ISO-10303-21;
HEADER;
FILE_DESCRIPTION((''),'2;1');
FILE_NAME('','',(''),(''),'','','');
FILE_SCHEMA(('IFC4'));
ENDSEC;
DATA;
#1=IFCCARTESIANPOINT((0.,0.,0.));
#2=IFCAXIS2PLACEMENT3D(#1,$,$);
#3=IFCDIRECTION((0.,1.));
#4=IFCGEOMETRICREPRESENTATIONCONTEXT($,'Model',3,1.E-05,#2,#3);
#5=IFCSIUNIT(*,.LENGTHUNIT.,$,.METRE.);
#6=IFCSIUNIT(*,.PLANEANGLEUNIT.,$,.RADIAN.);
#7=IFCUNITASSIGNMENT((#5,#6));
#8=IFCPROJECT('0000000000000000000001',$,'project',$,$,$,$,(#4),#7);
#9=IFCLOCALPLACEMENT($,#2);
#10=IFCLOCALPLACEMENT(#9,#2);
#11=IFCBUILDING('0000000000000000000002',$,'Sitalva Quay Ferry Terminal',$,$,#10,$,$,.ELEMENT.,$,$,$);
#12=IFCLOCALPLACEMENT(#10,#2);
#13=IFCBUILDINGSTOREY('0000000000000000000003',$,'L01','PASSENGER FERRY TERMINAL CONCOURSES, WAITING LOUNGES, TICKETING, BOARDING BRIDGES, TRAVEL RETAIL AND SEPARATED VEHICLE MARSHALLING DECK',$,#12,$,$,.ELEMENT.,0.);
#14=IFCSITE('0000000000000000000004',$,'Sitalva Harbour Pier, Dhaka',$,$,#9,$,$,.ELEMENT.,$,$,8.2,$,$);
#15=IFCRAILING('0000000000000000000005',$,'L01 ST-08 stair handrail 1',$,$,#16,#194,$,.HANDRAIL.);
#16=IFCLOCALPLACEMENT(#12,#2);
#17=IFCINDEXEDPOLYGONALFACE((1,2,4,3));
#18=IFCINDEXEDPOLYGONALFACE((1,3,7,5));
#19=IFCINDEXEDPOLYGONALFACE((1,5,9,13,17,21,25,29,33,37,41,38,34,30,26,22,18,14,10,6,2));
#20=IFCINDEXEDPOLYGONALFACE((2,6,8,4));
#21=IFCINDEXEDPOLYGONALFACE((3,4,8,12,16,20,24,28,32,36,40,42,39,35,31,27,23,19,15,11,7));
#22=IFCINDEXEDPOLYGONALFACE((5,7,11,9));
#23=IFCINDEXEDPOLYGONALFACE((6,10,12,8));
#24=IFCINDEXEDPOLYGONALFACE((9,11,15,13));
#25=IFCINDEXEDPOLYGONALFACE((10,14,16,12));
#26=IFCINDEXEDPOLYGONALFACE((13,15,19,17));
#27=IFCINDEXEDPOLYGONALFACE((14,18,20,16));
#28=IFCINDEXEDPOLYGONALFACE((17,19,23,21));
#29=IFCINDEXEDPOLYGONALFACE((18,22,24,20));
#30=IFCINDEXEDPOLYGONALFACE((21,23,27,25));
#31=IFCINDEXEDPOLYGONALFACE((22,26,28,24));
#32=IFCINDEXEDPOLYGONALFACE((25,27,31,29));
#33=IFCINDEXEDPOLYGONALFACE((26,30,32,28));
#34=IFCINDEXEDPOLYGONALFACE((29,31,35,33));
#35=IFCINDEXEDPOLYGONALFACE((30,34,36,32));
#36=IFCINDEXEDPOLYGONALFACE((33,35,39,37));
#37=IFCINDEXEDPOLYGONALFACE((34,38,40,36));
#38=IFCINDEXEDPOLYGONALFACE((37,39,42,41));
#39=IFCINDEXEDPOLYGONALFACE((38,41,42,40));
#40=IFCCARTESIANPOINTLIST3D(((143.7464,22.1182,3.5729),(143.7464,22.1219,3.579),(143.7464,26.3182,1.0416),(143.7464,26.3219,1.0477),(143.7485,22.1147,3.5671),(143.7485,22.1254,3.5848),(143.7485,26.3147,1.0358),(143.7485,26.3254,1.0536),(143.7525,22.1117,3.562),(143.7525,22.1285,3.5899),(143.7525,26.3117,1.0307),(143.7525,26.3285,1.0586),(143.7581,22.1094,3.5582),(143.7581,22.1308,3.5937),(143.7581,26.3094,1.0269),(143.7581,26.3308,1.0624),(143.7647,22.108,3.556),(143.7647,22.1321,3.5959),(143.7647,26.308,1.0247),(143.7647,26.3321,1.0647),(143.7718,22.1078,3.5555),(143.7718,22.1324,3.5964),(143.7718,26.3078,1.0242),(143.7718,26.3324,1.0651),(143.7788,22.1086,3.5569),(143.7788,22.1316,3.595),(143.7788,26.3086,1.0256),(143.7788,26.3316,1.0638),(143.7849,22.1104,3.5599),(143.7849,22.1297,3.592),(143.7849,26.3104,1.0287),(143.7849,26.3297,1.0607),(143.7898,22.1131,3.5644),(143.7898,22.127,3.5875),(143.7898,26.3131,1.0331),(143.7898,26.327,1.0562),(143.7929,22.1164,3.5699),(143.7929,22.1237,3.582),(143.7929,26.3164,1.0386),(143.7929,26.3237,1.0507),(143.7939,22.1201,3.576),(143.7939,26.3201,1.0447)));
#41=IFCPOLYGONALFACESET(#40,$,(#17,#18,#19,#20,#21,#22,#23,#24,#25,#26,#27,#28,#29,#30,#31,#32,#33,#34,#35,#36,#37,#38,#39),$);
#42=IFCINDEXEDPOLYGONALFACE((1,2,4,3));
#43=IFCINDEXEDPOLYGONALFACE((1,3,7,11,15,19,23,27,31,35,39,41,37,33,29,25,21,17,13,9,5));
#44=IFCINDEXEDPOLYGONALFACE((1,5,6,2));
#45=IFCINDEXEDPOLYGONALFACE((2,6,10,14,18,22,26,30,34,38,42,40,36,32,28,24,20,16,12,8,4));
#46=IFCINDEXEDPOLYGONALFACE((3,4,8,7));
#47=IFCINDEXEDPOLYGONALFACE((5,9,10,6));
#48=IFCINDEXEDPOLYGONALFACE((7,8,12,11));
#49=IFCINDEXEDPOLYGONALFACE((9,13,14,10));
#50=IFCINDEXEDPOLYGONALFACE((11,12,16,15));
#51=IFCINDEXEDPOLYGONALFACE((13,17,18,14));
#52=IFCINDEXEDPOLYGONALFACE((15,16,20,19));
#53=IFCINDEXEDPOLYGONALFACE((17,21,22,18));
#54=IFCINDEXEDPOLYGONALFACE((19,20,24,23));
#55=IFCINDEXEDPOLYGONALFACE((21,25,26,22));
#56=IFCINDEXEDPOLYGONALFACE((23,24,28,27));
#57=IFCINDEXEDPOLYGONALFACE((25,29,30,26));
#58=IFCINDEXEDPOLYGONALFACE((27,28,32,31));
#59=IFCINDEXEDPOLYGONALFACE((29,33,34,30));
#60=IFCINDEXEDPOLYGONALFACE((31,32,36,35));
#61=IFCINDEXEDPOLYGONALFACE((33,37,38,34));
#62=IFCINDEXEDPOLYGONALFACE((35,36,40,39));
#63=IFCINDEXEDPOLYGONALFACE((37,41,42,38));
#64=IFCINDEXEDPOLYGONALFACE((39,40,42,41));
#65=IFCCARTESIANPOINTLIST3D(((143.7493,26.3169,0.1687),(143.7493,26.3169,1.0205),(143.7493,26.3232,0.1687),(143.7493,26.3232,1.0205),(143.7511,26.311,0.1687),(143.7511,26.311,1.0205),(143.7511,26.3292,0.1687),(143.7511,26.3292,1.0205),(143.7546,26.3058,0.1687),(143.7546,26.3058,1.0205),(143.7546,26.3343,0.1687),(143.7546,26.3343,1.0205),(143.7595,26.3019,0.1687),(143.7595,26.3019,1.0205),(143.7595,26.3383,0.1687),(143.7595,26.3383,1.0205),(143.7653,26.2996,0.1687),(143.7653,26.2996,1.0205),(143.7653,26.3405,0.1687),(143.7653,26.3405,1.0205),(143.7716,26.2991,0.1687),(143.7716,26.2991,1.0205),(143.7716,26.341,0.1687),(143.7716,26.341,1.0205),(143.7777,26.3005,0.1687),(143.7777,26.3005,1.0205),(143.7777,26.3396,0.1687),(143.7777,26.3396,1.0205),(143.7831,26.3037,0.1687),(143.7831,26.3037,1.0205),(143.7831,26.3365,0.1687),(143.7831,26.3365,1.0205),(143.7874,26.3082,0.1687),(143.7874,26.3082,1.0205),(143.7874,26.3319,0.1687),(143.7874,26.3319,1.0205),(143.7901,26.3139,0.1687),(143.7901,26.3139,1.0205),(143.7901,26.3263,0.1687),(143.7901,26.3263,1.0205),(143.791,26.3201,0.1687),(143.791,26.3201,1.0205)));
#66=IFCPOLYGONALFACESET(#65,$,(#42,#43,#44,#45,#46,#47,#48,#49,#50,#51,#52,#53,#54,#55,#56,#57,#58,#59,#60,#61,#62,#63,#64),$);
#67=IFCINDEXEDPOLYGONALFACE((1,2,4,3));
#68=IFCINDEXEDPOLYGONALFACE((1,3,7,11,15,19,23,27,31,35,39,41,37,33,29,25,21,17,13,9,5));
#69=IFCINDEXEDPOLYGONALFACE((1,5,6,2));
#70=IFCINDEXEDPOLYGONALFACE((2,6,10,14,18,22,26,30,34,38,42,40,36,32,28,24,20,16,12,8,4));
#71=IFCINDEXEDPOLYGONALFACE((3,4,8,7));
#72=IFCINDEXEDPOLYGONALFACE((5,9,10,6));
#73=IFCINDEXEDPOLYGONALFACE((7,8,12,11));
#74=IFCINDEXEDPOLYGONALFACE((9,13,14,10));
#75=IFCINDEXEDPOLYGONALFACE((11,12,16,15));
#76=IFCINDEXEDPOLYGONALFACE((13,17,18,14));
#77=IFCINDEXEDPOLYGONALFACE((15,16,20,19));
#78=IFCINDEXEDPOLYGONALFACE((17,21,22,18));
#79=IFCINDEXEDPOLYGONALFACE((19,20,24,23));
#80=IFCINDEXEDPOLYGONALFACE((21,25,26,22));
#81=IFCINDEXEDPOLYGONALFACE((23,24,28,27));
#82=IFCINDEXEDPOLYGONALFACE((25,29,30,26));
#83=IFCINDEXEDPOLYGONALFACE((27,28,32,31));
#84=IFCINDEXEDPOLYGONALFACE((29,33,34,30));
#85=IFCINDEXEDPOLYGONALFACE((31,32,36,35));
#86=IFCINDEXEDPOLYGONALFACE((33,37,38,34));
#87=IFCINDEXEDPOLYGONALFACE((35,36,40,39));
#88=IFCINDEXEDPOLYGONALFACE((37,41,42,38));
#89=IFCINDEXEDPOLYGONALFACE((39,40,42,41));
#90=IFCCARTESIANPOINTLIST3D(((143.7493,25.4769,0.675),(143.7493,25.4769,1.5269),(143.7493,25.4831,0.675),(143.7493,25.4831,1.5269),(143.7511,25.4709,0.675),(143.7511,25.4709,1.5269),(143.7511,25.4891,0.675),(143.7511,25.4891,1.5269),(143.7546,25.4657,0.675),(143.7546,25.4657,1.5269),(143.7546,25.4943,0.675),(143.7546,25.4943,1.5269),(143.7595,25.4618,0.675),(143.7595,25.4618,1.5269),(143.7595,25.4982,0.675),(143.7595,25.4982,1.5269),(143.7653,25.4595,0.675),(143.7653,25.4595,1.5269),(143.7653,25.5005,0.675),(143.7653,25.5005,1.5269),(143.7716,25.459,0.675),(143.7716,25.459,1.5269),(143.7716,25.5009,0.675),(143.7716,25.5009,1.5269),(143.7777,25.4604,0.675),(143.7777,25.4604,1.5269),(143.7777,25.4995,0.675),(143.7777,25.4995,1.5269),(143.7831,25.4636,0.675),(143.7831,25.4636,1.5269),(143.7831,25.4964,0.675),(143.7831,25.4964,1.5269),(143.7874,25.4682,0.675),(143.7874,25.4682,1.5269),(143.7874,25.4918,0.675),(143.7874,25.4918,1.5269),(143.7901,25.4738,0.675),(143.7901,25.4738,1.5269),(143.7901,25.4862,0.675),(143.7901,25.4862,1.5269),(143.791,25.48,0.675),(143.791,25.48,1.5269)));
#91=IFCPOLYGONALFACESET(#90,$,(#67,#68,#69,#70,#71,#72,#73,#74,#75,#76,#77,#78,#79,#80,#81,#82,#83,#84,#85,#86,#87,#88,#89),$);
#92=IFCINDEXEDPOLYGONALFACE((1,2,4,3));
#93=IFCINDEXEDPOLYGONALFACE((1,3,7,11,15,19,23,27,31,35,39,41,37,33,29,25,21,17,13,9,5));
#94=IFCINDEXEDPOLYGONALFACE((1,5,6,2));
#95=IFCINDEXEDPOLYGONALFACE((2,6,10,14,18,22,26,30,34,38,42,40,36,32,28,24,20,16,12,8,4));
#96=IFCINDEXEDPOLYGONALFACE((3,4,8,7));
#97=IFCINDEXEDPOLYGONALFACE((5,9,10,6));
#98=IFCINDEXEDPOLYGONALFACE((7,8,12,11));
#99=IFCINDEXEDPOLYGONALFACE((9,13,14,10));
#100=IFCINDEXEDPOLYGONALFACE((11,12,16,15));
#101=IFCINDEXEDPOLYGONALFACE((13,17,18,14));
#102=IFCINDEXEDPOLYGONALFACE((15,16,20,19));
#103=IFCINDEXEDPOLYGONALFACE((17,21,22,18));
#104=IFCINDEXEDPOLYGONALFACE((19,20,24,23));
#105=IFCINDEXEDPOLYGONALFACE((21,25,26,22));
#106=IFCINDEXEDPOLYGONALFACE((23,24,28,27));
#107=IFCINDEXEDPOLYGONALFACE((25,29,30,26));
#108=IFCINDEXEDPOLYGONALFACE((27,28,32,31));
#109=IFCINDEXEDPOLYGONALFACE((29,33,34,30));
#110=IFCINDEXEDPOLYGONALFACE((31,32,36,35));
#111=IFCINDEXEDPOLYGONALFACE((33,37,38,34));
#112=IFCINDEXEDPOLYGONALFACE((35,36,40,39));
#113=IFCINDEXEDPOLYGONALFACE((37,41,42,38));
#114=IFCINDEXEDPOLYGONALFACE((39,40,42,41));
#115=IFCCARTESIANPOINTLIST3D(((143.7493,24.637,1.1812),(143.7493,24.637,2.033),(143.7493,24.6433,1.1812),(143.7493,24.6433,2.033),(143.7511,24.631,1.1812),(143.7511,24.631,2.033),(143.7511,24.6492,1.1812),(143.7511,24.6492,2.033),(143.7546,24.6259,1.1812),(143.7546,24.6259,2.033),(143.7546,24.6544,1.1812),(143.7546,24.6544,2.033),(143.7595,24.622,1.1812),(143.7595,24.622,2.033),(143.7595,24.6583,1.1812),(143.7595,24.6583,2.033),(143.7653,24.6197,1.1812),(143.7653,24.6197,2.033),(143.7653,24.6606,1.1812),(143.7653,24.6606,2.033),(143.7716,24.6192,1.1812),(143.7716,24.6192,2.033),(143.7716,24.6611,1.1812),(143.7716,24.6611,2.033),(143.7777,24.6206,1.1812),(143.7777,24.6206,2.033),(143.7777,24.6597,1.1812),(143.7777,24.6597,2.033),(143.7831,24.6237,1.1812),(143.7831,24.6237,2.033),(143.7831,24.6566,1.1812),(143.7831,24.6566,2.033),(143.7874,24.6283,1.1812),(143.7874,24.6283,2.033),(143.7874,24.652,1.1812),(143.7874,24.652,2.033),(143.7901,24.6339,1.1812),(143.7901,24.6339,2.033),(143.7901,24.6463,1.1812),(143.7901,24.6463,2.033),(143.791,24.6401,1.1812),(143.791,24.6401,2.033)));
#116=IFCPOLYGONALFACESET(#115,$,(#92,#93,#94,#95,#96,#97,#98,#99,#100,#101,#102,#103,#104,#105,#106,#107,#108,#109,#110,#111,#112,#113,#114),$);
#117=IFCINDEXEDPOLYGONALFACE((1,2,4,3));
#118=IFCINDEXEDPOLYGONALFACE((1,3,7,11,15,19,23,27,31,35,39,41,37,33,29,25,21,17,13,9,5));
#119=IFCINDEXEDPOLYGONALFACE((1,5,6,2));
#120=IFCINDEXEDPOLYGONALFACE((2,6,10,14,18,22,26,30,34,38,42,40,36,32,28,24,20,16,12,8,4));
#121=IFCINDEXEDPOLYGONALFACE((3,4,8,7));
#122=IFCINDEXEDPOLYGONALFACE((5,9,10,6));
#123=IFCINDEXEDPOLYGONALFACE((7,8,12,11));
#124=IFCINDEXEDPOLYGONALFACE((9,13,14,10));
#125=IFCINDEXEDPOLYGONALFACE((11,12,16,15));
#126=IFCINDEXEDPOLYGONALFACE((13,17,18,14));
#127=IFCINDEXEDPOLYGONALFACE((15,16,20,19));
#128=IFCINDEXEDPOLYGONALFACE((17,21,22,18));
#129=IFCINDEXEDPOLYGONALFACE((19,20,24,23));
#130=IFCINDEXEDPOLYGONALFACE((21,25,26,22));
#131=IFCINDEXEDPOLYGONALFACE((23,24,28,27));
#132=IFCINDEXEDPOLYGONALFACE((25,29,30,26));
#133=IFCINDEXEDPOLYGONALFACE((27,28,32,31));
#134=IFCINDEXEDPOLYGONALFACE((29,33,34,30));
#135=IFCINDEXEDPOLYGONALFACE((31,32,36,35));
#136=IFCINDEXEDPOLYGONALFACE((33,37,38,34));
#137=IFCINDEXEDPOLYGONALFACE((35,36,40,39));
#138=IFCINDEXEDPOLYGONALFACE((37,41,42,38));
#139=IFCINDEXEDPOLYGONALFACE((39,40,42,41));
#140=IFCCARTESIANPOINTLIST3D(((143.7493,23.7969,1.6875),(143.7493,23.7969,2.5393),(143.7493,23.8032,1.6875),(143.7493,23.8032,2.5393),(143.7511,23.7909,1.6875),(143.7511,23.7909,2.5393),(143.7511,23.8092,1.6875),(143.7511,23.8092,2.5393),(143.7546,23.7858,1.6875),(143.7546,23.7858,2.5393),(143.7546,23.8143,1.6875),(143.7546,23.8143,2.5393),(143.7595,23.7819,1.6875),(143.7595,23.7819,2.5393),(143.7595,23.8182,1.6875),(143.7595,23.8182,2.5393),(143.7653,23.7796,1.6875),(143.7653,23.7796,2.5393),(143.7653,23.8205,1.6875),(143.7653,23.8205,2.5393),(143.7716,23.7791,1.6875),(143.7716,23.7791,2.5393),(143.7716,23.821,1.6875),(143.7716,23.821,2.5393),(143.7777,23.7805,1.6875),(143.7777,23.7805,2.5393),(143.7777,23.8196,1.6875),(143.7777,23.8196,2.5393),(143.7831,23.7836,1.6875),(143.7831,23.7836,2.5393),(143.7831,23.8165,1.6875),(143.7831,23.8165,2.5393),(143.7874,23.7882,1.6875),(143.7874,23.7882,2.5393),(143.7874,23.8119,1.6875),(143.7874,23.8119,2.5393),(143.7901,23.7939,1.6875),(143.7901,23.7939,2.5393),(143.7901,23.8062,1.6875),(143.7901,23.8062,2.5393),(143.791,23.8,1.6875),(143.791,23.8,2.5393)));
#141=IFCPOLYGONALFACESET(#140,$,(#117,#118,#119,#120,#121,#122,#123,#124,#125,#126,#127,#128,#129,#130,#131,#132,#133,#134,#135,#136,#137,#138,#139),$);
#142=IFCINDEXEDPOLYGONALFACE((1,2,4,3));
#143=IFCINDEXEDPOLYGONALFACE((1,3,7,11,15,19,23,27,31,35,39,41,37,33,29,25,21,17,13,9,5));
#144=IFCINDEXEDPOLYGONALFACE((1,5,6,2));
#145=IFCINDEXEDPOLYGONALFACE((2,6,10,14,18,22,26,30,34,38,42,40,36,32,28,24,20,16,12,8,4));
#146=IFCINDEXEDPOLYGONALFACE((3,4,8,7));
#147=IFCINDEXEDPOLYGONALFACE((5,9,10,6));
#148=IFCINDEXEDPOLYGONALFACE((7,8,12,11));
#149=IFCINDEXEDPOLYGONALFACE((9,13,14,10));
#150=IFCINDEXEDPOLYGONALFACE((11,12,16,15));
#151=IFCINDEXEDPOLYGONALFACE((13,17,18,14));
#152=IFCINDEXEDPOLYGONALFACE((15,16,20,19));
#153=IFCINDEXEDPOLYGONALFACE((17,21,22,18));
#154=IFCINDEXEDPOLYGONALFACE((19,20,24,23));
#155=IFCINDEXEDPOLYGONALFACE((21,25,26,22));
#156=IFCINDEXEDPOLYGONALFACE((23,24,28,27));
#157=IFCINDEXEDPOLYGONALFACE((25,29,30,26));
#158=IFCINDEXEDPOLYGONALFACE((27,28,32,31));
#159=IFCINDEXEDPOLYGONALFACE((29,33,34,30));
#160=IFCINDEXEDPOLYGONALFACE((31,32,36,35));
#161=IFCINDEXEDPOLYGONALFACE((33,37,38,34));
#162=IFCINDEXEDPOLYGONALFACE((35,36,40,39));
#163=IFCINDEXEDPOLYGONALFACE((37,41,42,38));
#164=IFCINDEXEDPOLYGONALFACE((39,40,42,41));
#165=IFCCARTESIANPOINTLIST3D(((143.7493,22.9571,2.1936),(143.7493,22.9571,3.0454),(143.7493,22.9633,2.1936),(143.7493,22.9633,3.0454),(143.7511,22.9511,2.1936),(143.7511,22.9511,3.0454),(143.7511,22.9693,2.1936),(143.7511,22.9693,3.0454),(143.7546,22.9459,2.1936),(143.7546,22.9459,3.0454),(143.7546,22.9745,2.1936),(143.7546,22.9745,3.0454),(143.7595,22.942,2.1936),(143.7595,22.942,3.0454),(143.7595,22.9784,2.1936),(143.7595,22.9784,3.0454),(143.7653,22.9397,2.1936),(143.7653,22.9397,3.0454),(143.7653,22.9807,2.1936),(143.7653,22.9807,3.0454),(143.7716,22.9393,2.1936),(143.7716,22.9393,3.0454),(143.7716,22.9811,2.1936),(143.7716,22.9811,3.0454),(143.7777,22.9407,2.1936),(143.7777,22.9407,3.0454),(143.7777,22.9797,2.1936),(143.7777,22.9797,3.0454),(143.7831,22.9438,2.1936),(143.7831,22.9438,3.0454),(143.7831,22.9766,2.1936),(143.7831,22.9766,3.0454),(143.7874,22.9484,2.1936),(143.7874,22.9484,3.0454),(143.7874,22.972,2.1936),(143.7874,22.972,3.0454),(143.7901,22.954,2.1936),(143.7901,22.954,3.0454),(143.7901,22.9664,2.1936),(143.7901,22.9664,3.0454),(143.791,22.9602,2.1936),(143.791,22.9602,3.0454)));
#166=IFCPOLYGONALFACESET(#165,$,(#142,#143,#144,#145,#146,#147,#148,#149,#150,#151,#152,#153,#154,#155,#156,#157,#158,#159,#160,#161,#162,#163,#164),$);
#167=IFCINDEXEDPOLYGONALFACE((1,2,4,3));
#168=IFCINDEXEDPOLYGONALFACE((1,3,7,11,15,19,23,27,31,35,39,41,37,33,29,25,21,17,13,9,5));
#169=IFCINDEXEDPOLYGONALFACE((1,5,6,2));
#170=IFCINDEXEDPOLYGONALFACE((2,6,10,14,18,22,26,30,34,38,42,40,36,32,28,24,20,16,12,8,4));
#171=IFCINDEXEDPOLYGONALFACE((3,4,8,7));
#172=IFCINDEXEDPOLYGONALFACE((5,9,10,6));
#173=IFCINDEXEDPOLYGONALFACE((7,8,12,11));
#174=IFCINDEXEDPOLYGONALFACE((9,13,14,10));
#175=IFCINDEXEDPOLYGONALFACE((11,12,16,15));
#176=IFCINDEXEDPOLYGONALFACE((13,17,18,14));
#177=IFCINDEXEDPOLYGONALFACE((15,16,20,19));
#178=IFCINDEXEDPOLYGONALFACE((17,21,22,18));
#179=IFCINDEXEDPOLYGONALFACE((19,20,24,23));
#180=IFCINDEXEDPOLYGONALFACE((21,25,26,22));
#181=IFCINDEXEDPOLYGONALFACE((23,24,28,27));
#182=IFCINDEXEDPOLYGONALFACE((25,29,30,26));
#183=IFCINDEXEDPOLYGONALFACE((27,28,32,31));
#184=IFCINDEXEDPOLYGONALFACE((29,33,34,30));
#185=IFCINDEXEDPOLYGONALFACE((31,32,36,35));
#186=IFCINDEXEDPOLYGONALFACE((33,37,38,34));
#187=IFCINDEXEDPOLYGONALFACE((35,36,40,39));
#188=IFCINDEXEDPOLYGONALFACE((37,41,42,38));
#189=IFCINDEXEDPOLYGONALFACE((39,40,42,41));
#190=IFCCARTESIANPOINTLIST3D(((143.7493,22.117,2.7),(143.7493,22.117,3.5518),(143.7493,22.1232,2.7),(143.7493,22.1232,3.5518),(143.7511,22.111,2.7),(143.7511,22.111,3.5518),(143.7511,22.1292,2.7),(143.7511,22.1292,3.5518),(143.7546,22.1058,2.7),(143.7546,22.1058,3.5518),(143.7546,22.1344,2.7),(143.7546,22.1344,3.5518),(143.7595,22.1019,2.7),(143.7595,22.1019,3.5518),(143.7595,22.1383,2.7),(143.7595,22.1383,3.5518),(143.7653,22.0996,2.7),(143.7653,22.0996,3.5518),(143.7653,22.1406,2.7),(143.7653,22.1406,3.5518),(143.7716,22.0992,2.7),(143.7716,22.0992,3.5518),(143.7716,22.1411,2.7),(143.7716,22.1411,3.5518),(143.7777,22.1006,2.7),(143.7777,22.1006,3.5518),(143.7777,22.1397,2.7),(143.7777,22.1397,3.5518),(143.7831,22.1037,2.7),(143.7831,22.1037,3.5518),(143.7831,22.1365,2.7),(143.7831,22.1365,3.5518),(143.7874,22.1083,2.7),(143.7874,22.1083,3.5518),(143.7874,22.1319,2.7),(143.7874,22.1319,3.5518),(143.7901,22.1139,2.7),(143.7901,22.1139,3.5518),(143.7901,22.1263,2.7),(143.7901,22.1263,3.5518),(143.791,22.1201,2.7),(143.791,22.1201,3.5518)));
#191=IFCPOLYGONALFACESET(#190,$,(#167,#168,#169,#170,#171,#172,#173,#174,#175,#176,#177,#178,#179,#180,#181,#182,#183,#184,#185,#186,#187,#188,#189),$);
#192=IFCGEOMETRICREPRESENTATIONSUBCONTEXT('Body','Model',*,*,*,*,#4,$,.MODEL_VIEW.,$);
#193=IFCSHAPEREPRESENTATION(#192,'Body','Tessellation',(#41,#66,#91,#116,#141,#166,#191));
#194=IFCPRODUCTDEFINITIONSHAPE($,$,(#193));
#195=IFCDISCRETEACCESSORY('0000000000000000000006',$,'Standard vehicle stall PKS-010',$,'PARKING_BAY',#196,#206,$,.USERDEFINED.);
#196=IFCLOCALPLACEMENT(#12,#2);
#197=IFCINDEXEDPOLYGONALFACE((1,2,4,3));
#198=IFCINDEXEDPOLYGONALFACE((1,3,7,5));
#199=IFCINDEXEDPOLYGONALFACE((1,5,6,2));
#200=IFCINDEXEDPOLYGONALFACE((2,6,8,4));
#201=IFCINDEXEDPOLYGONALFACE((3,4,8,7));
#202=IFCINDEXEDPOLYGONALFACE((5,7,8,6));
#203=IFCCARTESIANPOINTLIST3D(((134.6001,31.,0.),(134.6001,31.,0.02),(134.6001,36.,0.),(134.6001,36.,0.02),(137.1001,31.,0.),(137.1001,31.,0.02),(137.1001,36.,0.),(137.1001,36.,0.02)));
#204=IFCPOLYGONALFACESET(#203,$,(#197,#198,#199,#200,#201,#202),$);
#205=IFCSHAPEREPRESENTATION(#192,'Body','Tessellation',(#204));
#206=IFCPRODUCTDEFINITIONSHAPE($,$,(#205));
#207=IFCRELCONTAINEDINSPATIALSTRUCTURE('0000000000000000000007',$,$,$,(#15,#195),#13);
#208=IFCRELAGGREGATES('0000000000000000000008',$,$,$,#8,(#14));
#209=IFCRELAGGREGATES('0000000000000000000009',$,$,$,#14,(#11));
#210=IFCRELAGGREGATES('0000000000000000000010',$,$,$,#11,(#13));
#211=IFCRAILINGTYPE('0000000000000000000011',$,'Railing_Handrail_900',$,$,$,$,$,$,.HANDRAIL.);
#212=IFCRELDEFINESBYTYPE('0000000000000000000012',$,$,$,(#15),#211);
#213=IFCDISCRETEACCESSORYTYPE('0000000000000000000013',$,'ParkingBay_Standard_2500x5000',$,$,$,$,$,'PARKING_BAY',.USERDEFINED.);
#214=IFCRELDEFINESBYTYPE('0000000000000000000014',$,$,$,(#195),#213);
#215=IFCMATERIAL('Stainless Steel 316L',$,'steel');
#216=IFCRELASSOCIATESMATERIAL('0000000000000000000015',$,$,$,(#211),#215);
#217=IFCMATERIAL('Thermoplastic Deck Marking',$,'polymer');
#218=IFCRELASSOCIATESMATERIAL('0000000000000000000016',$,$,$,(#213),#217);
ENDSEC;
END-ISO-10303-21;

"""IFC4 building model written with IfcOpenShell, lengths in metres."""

from ifc_helpers import new_model, si_unit, direction, frame, origin, origin_2d, place, context, subcontext, project, spatial, rectangle, circle, extrude, material, type_object, element, save


model = new_model("IFC4")

# Units and contexts
model_context = context("Model", 3, precision=1e-05, world=origin(), true_north=direction((0.0, 1.0)))
body_context = subcontext(model_context, "Body", "Model", "MODEL_VIEW")
ifc_project = project(units=[si_unit("LENGTHUNIT", "METRE"), si_unit("PLANEANGLEUNIT", "RADIAN")], contexts=[model_context])

# Site, building, storey
site_placement = place(None, origin())
site = spatial("IfcSite", under=ifc_project, at=site_placement, Name="Sitalva Harbour Pier, Dhaka", CompositionType="ELEMENT", RefElevation=8.2)
building_placement = place(site_placement, origin())
building = spatial("IfcBuilding", under=site, at=building_placement, Name="Sitalva Quay Ferry Terminal", CompositionType="ELEMENT")
storey_placement = place(building_placement, origin())
storey = spatial("IfcBuildingStorey", under=building, at=storey_placement, Name="L01", Description="PASSENGER FERRY TERMINAL CONCOURSES, WAITING LOUNGES, TICKETING, BOARDING BRIDGES, TRAVEL RETAIL AND SEPARATED VEHICLE MARSHALLING DECK", CompositionType="ELEMENT", Elevation=0.0)

# Railing
ifc_material_1 = material(Name="Stainless Steel 316L", Category="steel")
railing_type = type_object("IfcRailingType", Name="Railing_Handrail_900", PredefinedType="HANDRAIL", material=ifc_material_1)
railing_placement = place(storey_placement, frame((143.77, 26.3201, 0.1687)))
element("IfcRailing", 1, at=railing_placement, inside=storey, type_object=railing_type, Name="L01 ST-08 stair handrail 1", PredefinedType="HANDRAIL", context=body_context, shape_type="SweptSolid", body=[
    extrude(circle(Radius=0.0239, at=origin_2d()), frame((0.0, 0.0, 0.876), z_axis=(0.0, -0.856476, 0.516186), x_axis=(1.0, 0.0, 0.0)), (0.0, 0.0, 1.0), 4.9038),
    extrude(circle(Radius=0.021, at=origin_2d()), origin(), (0.0, 0.0, 1.0), 0.8518),
    extrude(circle(Radius=0.021, at=origin_2d()), frame((0.0, -0.8401, 0.5063)), (0.0, 0.0, 1.0), 0.8518),
    extrude(circle(Radius=0.021, at=origin_2d()), frame((0.0, -1.6799, 1.0125)), (0.0, 0.0, 1.0), 0.8518),
    extrude(circle(Radius=0.021, at=origin_2d()), frame((0.0, -2.52, 1.5188)), (0.0, 0.0, 1.0), 0.8518),
    extrude(circle(Radius=0.021, at=origin_2d()), frame((0.0, -3.3599, 2.0249)), (0.0, 0.0, 1.0), 0.8518),
    extrude(circle(Radius=0.021, at=origin_2d()), frame((0.0, -4.2, 2.5312)), (0.0, 0.0, 1.0), 0.8518),
])

# Discrete accessory
ifc_material_2 = material(Name="Thermoplastic Deck Marking", Category="polymer")
discrete_accessory_type_1 = type_object("IfcDiscreteAccessoryType", Name="ParkingBay_Standard_2500x5000", ElementType="PARKING_BAY", PredefinedType="USERDEFINED", material=ifc_material_2)
for number, where, z_axis, x_axis, name in (
    (2, (135.8501, 33.5, 0.0), (0.0, 0.0, 1.0), (1.0, 0.0, 0.0), "Standard vehicle stall PKS-010"),
):
    element("IfcDiscreteAccessory", number, at=place(storey_placement, frame(where, z_axis=z_axis, x_axis=x_axis)), inside=storey, type_object=discrete_accessory_type_1, Name=name, ObjectType="PARKING_BAY", PredefinedType="USERDEFINED", context=body_context, shape_type="SweptSolid", body=[
        extrude(rectangle(XDim=2.5, YDim=5.0, at=origin_2d()), origin(), (0.0, 0.0, 1.0), 0.02),
    ])

save(model, "model.ifc")
